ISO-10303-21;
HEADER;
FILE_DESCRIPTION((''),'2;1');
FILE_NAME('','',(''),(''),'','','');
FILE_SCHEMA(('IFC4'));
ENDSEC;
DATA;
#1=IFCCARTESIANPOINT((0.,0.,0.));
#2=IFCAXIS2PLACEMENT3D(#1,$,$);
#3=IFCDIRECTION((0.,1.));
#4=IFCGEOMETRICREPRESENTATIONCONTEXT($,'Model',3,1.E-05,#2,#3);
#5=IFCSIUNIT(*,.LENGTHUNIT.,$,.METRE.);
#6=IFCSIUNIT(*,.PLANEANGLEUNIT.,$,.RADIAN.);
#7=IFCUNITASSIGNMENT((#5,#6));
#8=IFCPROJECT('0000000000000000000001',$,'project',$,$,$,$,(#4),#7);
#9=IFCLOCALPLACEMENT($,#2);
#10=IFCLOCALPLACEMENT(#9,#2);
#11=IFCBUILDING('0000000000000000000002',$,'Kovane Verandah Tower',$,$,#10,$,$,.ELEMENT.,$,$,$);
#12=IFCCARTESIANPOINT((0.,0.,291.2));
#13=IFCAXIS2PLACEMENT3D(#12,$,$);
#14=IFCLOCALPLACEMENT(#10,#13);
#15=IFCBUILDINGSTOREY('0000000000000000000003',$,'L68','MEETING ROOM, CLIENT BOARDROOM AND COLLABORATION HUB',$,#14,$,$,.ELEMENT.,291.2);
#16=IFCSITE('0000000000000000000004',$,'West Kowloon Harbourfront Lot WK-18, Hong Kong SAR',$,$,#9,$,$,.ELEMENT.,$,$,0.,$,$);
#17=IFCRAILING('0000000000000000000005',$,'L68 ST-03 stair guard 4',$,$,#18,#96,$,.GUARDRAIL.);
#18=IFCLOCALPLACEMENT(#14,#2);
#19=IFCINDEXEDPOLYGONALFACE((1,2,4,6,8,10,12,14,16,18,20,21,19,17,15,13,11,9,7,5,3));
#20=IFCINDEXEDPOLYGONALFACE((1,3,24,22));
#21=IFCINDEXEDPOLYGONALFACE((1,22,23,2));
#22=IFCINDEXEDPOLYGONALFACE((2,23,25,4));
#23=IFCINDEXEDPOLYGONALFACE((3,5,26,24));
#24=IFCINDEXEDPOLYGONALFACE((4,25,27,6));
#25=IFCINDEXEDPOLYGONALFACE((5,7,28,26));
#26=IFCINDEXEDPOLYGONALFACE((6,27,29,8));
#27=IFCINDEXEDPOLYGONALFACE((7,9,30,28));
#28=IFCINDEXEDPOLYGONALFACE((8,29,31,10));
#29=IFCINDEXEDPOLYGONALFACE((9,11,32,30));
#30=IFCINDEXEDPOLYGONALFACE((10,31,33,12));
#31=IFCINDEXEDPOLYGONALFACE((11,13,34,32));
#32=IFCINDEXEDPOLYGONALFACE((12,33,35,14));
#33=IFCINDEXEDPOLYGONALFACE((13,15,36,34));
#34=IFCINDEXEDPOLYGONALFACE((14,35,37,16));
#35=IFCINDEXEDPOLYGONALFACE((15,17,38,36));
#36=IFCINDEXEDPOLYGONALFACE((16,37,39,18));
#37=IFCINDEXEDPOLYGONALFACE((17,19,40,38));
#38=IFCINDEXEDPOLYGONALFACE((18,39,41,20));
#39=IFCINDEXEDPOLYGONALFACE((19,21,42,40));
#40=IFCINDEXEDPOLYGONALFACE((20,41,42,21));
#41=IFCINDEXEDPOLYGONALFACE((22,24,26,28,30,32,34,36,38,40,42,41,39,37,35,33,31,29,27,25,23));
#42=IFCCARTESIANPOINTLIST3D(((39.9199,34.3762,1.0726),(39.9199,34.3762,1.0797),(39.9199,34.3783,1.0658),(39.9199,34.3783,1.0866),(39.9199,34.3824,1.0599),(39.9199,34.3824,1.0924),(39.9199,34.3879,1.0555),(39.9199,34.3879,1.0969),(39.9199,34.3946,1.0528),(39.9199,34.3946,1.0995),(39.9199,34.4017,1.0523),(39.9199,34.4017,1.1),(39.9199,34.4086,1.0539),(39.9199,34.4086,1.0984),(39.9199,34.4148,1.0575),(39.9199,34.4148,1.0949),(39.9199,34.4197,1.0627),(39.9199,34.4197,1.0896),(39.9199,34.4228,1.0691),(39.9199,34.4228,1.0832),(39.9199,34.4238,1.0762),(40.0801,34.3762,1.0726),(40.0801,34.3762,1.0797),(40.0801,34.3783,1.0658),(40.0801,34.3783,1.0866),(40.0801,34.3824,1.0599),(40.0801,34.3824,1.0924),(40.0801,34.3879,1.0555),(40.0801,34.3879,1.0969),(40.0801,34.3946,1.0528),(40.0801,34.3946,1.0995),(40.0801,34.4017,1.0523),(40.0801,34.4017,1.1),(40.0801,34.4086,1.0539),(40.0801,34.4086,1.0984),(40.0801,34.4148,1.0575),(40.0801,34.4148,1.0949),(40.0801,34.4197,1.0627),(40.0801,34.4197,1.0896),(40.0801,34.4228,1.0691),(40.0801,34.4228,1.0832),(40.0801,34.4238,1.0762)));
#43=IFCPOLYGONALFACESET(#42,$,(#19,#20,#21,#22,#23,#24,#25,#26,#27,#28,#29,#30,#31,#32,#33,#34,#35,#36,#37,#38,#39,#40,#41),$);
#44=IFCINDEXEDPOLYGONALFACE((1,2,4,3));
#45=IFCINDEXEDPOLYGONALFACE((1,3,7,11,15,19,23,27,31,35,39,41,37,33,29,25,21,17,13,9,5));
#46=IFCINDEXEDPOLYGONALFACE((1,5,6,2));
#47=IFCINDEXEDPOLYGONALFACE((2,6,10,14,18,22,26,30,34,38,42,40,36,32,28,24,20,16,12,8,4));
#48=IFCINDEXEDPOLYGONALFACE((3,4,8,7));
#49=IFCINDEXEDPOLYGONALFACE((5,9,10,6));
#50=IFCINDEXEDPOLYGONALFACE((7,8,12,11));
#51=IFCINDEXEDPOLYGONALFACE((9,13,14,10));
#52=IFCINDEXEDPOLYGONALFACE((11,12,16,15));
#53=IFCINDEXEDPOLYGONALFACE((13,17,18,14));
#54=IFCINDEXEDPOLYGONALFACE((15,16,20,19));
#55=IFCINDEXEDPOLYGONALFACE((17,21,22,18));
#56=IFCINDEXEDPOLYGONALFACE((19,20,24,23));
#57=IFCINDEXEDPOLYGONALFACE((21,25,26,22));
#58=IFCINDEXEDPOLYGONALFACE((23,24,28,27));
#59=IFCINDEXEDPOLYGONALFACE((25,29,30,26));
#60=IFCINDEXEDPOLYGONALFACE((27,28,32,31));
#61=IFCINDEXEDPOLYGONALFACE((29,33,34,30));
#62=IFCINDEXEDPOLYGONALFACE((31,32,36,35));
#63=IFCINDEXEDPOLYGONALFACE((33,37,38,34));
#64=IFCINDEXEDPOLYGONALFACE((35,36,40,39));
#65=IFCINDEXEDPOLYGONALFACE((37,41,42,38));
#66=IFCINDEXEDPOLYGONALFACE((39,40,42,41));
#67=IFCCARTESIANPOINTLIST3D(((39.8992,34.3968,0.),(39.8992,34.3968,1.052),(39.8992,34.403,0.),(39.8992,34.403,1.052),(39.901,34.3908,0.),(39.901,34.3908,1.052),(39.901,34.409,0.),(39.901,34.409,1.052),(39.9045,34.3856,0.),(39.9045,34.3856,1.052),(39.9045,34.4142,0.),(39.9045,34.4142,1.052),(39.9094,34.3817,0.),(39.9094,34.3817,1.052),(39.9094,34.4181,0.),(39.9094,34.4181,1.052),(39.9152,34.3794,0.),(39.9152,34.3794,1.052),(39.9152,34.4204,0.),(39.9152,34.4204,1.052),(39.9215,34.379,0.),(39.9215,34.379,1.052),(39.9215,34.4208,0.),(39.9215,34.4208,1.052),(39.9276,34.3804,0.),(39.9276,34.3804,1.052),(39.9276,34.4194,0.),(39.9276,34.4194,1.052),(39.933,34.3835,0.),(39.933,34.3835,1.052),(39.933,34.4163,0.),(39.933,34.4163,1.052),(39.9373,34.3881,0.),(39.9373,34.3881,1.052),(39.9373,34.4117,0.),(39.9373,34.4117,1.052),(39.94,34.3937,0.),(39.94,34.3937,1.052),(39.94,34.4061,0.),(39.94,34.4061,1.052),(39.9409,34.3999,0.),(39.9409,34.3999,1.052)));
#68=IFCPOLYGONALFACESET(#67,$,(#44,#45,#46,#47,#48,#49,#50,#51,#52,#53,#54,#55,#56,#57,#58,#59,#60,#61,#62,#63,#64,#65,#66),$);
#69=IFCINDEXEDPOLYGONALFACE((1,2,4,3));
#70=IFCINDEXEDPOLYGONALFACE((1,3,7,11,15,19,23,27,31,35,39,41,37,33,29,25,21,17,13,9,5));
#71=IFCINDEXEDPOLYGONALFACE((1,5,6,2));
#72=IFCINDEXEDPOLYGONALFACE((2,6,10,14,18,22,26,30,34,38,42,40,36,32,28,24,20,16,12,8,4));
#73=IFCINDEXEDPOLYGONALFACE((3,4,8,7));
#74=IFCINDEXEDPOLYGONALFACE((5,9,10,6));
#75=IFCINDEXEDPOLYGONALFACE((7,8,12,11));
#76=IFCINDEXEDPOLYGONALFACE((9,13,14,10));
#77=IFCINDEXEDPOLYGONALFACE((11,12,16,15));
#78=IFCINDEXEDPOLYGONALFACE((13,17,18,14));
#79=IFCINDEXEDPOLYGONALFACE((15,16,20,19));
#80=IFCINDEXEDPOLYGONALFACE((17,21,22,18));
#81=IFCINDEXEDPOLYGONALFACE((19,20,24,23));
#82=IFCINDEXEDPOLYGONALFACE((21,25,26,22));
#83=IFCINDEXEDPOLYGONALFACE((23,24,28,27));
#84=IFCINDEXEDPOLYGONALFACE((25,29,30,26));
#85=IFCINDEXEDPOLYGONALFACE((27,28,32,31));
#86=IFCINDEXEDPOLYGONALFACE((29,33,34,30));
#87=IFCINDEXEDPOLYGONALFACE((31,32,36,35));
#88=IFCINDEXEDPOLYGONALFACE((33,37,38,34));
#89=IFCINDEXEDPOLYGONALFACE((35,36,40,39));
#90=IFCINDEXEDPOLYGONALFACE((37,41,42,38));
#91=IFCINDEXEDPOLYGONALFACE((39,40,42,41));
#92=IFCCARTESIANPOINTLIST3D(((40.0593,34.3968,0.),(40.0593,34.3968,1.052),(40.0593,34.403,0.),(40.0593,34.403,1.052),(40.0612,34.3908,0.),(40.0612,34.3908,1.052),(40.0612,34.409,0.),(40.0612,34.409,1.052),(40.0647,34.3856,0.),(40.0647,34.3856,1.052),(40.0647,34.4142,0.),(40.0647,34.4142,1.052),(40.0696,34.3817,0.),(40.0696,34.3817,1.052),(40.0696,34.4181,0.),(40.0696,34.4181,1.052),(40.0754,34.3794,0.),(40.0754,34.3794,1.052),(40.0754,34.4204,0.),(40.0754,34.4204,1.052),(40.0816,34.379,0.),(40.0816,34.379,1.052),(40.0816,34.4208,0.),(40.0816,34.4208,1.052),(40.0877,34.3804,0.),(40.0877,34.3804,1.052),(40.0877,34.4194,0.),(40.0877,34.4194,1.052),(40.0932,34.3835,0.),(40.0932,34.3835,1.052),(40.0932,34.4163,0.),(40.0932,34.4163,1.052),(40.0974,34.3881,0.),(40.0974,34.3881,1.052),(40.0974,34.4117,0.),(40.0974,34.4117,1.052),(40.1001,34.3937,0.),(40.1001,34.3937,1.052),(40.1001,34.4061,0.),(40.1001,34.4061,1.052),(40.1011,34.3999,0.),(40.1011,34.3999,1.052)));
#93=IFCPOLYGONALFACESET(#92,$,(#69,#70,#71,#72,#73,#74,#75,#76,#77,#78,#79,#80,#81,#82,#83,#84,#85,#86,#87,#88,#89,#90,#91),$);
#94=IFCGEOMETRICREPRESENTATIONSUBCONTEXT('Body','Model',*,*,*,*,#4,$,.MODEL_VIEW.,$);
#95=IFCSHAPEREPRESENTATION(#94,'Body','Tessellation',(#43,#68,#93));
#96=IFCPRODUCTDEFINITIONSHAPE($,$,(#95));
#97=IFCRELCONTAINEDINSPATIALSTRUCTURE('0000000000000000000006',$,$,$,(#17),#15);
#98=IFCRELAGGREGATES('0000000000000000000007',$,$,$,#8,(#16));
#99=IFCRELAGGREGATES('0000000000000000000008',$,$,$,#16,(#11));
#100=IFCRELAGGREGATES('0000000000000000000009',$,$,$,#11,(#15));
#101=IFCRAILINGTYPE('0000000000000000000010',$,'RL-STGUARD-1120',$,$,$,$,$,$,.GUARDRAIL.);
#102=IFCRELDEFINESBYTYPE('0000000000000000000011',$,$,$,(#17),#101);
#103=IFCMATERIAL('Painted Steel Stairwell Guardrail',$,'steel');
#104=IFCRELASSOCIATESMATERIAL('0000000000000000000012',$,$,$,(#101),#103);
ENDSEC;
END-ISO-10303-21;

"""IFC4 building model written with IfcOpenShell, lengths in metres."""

from ifc_helpers import new_model, si_unit, direction, frame, origin, origin_2d, place, context, subcontext, project, spatial, circle, extrude, material, type_object, element, save


model = new_model("IFC4")

# Units and contexts
model_context = context("Model", 3, precision=1e-05, world=origin(), true_north=direction((0.0, 1.0)))
body_context = subcontext(model_context, "Body", "Model", "MODEL_VIEW")
ifc_project = project(units=[si_unit("LENGTHUNIT", "METRE"), si_unit("PLANEANGLEUNIT", "RADIAN")], contexts=[model_context])

# Site, building, storey
site_placement = place(None, origin())
site = spatial("IfcSite", under=ifc_project, at=site_placement, Name="West Kowloon Harbourfront Lot WK-18, Hong Kong SAR", CompositionType="ELEMENT", RefElevation=0.0)
building_placement = place(site_placement, origin())
building = spatial("IfcBuilding", under=site, at=building_placement, Name="Kovane Verandah Tower", CompositionType="ELEMENT")
storey_placement = place(building_placement, frame((0.0, 0.0, 291.2)))
storey = spatial("IfcBuildingStorey", under=building, at=storey_placement, Name="L68", Description="MEETING ROOM, CLIENT BOARDROOM AND COLLABORATION HUB", CompositionType="ELEMENT", Elevation=291.2)

# Railing
ifc_material_1 = material(Name="Painted Steel Stairwell Guardrail", Category="steel")
railing_type_1 = type_object("IfcRailingType", Name="RL-STGUARD-1120", PredefinedType="GUARDRAIL", material=ifc_material_1)
railing_1_placement = place(storey_placement, frame((39.9199, 34.3999, 0.0)))
element("IfcRailing", 1, at=railing_1_placement, inside=storey, type_object=railing_type_1, Name="L68 ST-03 stair guard 4", PredefinedType="GUARDRAIL", context=body_context, shape_type="SweptSolid", body=[
    extrude(circle(Radius=0.0239, at=origin_2d()), frame((0.0, 0.0, 1.0762), z_axis=(1.0, 0.0, 0.0), x_axis=(0.0, 1.0, 0.0)), (0.0, 0.0, 1.0), 0.1602),
    extrude(circle(Radius=0.021, at=origin_2d()), origin(), (0.0, 0.0, 1.0), 1.052),
    extrude(circle(Radius=0.021, at=origin_2d()), frame((0.1602, 0.0, 0.0)), (0.0, 0.0, 1.0), 1.052),
])

save(model, "model.ifc")
